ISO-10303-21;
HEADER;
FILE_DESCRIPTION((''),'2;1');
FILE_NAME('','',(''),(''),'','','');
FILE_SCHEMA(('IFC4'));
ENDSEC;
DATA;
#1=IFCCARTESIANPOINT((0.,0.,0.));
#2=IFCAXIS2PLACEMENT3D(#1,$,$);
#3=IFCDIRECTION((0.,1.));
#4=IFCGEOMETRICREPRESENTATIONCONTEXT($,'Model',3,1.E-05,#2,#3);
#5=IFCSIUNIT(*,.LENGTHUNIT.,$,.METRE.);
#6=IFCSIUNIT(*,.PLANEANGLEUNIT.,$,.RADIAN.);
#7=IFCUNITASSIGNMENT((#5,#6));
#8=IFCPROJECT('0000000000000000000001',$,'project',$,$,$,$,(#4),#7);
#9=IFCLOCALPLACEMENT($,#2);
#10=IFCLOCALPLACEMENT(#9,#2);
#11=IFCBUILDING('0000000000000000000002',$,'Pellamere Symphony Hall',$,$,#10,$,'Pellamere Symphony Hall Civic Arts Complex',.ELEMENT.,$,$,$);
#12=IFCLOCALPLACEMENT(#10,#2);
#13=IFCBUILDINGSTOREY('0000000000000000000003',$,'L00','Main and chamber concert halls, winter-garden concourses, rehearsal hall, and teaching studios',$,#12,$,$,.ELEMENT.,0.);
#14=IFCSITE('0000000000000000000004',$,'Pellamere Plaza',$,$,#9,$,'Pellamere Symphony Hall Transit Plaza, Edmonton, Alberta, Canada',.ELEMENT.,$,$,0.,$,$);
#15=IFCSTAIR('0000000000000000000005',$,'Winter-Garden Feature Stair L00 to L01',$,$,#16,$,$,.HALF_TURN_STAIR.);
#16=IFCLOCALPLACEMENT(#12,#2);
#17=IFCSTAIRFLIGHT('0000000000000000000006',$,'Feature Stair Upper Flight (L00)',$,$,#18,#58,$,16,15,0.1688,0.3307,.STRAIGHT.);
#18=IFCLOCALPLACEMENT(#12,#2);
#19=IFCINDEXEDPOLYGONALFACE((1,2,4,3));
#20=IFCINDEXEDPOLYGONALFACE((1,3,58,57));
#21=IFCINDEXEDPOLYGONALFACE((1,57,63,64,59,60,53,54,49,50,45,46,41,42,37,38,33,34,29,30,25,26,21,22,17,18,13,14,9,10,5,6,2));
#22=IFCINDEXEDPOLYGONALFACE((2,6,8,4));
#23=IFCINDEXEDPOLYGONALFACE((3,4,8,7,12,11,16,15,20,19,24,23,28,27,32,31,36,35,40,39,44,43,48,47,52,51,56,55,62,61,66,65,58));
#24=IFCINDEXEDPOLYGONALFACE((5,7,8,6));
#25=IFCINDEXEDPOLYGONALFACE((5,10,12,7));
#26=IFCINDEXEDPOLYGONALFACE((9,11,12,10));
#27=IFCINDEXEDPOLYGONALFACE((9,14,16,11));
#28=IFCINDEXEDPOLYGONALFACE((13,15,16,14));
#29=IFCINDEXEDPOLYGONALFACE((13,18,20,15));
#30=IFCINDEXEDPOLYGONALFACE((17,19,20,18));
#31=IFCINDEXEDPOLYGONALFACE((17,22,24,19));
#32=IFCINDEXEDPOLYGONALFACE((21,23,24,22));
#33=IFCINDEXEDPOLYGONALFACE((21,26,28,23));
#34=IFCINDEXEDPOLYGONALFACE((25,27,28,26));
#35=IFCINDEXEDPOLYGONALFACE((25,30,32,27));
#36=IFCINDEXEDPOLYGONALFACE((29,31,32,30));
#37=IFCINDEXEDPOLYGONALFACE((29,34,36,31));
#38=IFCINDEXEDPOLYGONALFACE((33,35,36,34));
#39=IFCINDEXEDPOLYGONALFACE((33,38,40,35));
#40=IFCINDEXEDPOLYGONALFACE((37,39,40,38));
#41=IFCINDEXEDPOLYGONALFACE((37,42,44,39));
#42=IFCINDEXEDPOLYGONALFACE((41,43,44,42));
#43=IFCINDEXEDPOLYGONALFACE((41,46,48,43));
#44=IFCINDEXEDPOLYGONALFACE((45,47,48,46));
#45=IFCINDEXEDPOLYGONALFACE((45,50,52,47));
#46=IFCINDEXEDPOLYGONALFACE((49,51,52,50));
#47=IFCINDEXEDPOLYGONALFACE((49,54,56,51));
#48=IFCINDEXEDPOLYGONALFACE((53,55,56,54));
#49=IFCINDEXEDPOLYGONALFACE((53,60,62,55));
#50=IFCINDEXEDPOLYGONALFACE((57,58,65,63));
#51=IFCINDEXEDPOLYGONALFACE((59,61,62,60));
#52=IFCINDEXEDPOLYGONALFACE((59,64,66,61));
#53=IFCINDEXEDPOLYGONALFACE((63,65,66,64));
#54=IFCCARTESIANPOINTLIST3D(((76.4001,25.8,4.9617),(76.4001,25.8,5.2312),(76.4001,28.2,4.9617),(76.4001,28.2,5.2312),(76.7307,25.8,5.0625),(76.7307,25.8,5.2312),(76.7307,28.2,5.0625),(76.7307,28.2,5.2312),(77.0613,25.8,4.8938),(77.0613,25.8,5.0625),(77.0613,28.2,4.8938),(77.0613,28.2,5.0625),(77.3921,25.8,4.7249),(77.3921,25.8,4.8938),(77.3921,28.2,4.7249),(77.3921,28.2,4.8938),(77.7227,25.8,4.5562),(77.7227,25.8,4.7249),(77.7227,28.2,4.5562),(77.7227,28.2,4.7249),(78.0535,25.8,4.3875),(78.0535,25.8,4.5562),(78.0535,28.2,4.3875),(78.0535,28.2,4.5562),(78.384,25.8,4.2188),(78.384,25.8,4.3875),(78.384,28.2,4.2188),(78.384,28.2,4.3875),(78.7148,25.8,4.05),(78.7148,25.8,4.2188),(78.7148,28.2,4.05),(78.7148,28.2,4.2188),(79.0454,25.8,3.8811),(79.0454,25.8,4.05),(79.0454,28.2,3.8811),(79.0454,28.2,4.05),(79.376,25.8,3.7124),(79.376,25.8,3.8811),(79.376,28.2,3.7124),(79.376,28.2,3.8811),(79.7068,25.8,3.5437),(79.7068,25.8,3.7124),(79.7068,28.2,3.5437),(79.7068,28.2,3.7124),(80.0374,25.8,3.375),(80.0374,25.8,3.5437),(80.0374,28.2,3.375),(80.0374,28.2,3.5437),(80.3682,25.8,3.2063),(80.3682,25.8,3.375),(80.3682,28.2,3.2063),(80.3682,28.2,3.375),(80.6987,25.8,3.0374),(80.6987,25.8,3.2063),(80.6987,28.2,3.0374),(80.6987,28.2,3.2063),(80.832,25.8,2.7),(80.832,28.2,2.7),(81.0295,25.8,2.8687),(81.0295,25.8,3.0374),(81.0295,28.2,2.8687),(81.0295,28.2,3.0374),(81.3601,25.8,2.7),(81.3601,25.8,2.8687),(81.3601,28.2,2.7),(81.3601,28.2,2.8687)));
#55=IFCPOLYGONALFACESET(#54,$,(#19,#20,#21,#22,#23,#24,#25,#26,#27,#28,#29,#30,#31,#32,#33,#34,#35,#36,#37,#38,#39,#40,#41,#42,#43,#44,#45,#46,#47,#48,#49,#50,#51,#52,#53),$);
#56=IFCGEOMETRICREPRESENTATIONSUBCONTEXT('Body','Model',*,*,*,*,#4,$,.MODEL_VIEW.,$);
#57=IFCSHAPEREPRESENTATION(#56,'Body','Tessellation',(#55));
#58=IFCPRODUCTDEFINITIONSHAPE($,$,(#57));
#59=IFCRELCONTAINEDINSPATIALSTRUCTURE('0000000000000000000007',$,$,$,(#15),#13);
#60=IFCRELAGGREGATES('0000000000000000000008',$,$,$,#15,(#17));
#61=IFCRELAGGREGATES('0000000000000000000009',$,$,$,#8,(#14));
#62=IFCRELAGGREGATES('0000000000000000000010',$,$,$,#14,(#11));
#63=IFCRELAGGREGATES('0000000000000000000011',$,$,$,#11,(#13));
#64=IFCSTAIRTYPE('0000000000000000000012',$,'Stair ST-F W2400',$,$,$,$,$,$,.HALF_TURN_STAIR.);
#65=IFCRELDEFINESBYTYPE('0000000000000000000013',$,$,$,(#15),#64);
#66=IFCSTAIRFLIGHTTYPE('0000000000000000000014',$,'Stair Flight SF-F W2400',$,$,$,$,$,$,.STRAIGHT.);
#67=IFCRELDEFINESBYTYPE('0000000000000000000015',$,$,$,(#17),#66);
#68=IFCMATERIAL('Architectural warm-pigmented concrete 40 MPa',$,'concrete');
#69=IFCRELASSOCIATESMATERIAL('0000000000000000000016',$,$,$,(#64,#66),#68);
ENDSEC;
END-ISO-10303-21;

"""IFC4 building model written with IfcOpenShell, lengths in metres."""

from ifc_helpers import new_model, si_unit, direction, frame, origin, place, context, subcontext, project, spatial, polyline, outline, extrude, material, type_object, element, aggregate, save


model = new_model("IFC4")

# Units and contexts
model_context = context("Model", 3, precision=1e-05, world=origin(), true_north=direction((0.0, 1.0)))
body_context = subcontext(model_context, "Body", "Model", "MODEL_VIEW")
ifc_project = project(units=[si_unit("LENGTHUNIT", "METRE"), si_unit("PLANEANGLEUNIT", "RADIAN")], contexts=[model_context])

# Site, building, storey
site_placement = place(None, origin())
site = spatial("IfcSite", under=ifc_project, at=site_placement, Name="Pellamere Plaza", LongName="Pellamere Symphony Hall Transit Plaza, Edmonton, Alberta, Canada", CompositionType="ELEMENT", RefElevation=0.0)
building_placement = place(site_placement, origin())
building = spatial("IfcBuilding", under=site, at=building_placement, Name="Pellamere Symphony Hall", LongName="Pellamere Symphony Hall Civic Arts Complex", CompositionType="ELEMENT")
storey_placement = place(building_placement, origin())
storey = spatial("IfcBuildingStorey", under=building, at=storey_placement, Name="L00", Description="Main and chamber concert halls, winter-garden concourses, rehearsal hall, and teaching studios", CompositionType="ELEMENT", Elevation=0.0)

# Stair, stair flight
ifc_material_1 = material(Name="Architectural warm-pigmented concrete 40 MPa", Category="concrete")
stair_type = type_object("IfcStairType", Name="Stair ST-F W2400", PredefinedType="HALF_TURN_STAIR", material=ifc_material_1)
stair_placement = place(storey_placement, origin())
stair = element("IfcStair", 1, at=stair_placement, inside=storey, type_object=stair_type, Name="Winter-Garden Feature Stair L00 to L01", PredefinedType="HALF_TURN_STAIR")
stair_flight_type = type_object("IfcStairFlightType", Name="Stair Flight SF-F W2400", PredefinedType="STRAIGHT", material=ifc_material_1)
stair_flight_1_placement = place(storey_placement, frame((81.3601, 27.0, 2.7), z_axis=(0.0, 0.0, 1.0), x_axis=(-1.0, 0.0, 0.0)))
stair_flight_1 = element("IfcStairFlight", 2, at=stair_flight_1_placement, type_object=stair_flight_type, Name="Feature Stair Upper Flight (L00)", NumberOfRisers=16, NumberOfTreads=15, PredefinedType="STRAIGHT", RiserHeight=0.1688, TreadLength=0.3307, context=body_context, shape_type="SweptSolid", body=[
    extrude(outline(polyline([(0.0, 0.0), (0.0, 0.1687), (0.3306, 0.1687), (0.3306, 0.3374), (0.6614, 0.3374), (0.6614, 0.5063), (0.9919, 0.5063), (0.9919, 0.675), (1.3228, 0.675), (1.3228, 0.8438), (1.6533, 0.8438), (1.6533, 1.0125), (1.9841, 1.0125), (1.9841, 1.1812), (2.3147, 1.1812), (2.3147, 1.3501), (2.6453, 1.3501), (2.6453, 1.5188), (2.9761, 1.5188), (2.9761, 1.6875), (3.3066, 1.6875), (3.3066, 1.8562), (3.6375, 1.8562), (3.6375, 2.0249), (3.968, 2.0249), (3.968, 2.1938), (4.2988, 2.1938), (4.2988, 2.3625), (4.6294, 2.3625), (4.6294, 2.5312), (4.96, 2.5312), (4.96, 2.7), (4.96, 2.2617), (0.5281, 0.0), (0.0, 0.0)])), frame((0.0, 1.2, 0.0), z_axis=(0.0, -1.0, 0.0), x_axis=(1.0, 0.0, 0.0)), (0.0, 0.0, 1.0), 2.3999),
])
aggregate(stair, [stair_flight_1])

save(model, "model.ifc")
